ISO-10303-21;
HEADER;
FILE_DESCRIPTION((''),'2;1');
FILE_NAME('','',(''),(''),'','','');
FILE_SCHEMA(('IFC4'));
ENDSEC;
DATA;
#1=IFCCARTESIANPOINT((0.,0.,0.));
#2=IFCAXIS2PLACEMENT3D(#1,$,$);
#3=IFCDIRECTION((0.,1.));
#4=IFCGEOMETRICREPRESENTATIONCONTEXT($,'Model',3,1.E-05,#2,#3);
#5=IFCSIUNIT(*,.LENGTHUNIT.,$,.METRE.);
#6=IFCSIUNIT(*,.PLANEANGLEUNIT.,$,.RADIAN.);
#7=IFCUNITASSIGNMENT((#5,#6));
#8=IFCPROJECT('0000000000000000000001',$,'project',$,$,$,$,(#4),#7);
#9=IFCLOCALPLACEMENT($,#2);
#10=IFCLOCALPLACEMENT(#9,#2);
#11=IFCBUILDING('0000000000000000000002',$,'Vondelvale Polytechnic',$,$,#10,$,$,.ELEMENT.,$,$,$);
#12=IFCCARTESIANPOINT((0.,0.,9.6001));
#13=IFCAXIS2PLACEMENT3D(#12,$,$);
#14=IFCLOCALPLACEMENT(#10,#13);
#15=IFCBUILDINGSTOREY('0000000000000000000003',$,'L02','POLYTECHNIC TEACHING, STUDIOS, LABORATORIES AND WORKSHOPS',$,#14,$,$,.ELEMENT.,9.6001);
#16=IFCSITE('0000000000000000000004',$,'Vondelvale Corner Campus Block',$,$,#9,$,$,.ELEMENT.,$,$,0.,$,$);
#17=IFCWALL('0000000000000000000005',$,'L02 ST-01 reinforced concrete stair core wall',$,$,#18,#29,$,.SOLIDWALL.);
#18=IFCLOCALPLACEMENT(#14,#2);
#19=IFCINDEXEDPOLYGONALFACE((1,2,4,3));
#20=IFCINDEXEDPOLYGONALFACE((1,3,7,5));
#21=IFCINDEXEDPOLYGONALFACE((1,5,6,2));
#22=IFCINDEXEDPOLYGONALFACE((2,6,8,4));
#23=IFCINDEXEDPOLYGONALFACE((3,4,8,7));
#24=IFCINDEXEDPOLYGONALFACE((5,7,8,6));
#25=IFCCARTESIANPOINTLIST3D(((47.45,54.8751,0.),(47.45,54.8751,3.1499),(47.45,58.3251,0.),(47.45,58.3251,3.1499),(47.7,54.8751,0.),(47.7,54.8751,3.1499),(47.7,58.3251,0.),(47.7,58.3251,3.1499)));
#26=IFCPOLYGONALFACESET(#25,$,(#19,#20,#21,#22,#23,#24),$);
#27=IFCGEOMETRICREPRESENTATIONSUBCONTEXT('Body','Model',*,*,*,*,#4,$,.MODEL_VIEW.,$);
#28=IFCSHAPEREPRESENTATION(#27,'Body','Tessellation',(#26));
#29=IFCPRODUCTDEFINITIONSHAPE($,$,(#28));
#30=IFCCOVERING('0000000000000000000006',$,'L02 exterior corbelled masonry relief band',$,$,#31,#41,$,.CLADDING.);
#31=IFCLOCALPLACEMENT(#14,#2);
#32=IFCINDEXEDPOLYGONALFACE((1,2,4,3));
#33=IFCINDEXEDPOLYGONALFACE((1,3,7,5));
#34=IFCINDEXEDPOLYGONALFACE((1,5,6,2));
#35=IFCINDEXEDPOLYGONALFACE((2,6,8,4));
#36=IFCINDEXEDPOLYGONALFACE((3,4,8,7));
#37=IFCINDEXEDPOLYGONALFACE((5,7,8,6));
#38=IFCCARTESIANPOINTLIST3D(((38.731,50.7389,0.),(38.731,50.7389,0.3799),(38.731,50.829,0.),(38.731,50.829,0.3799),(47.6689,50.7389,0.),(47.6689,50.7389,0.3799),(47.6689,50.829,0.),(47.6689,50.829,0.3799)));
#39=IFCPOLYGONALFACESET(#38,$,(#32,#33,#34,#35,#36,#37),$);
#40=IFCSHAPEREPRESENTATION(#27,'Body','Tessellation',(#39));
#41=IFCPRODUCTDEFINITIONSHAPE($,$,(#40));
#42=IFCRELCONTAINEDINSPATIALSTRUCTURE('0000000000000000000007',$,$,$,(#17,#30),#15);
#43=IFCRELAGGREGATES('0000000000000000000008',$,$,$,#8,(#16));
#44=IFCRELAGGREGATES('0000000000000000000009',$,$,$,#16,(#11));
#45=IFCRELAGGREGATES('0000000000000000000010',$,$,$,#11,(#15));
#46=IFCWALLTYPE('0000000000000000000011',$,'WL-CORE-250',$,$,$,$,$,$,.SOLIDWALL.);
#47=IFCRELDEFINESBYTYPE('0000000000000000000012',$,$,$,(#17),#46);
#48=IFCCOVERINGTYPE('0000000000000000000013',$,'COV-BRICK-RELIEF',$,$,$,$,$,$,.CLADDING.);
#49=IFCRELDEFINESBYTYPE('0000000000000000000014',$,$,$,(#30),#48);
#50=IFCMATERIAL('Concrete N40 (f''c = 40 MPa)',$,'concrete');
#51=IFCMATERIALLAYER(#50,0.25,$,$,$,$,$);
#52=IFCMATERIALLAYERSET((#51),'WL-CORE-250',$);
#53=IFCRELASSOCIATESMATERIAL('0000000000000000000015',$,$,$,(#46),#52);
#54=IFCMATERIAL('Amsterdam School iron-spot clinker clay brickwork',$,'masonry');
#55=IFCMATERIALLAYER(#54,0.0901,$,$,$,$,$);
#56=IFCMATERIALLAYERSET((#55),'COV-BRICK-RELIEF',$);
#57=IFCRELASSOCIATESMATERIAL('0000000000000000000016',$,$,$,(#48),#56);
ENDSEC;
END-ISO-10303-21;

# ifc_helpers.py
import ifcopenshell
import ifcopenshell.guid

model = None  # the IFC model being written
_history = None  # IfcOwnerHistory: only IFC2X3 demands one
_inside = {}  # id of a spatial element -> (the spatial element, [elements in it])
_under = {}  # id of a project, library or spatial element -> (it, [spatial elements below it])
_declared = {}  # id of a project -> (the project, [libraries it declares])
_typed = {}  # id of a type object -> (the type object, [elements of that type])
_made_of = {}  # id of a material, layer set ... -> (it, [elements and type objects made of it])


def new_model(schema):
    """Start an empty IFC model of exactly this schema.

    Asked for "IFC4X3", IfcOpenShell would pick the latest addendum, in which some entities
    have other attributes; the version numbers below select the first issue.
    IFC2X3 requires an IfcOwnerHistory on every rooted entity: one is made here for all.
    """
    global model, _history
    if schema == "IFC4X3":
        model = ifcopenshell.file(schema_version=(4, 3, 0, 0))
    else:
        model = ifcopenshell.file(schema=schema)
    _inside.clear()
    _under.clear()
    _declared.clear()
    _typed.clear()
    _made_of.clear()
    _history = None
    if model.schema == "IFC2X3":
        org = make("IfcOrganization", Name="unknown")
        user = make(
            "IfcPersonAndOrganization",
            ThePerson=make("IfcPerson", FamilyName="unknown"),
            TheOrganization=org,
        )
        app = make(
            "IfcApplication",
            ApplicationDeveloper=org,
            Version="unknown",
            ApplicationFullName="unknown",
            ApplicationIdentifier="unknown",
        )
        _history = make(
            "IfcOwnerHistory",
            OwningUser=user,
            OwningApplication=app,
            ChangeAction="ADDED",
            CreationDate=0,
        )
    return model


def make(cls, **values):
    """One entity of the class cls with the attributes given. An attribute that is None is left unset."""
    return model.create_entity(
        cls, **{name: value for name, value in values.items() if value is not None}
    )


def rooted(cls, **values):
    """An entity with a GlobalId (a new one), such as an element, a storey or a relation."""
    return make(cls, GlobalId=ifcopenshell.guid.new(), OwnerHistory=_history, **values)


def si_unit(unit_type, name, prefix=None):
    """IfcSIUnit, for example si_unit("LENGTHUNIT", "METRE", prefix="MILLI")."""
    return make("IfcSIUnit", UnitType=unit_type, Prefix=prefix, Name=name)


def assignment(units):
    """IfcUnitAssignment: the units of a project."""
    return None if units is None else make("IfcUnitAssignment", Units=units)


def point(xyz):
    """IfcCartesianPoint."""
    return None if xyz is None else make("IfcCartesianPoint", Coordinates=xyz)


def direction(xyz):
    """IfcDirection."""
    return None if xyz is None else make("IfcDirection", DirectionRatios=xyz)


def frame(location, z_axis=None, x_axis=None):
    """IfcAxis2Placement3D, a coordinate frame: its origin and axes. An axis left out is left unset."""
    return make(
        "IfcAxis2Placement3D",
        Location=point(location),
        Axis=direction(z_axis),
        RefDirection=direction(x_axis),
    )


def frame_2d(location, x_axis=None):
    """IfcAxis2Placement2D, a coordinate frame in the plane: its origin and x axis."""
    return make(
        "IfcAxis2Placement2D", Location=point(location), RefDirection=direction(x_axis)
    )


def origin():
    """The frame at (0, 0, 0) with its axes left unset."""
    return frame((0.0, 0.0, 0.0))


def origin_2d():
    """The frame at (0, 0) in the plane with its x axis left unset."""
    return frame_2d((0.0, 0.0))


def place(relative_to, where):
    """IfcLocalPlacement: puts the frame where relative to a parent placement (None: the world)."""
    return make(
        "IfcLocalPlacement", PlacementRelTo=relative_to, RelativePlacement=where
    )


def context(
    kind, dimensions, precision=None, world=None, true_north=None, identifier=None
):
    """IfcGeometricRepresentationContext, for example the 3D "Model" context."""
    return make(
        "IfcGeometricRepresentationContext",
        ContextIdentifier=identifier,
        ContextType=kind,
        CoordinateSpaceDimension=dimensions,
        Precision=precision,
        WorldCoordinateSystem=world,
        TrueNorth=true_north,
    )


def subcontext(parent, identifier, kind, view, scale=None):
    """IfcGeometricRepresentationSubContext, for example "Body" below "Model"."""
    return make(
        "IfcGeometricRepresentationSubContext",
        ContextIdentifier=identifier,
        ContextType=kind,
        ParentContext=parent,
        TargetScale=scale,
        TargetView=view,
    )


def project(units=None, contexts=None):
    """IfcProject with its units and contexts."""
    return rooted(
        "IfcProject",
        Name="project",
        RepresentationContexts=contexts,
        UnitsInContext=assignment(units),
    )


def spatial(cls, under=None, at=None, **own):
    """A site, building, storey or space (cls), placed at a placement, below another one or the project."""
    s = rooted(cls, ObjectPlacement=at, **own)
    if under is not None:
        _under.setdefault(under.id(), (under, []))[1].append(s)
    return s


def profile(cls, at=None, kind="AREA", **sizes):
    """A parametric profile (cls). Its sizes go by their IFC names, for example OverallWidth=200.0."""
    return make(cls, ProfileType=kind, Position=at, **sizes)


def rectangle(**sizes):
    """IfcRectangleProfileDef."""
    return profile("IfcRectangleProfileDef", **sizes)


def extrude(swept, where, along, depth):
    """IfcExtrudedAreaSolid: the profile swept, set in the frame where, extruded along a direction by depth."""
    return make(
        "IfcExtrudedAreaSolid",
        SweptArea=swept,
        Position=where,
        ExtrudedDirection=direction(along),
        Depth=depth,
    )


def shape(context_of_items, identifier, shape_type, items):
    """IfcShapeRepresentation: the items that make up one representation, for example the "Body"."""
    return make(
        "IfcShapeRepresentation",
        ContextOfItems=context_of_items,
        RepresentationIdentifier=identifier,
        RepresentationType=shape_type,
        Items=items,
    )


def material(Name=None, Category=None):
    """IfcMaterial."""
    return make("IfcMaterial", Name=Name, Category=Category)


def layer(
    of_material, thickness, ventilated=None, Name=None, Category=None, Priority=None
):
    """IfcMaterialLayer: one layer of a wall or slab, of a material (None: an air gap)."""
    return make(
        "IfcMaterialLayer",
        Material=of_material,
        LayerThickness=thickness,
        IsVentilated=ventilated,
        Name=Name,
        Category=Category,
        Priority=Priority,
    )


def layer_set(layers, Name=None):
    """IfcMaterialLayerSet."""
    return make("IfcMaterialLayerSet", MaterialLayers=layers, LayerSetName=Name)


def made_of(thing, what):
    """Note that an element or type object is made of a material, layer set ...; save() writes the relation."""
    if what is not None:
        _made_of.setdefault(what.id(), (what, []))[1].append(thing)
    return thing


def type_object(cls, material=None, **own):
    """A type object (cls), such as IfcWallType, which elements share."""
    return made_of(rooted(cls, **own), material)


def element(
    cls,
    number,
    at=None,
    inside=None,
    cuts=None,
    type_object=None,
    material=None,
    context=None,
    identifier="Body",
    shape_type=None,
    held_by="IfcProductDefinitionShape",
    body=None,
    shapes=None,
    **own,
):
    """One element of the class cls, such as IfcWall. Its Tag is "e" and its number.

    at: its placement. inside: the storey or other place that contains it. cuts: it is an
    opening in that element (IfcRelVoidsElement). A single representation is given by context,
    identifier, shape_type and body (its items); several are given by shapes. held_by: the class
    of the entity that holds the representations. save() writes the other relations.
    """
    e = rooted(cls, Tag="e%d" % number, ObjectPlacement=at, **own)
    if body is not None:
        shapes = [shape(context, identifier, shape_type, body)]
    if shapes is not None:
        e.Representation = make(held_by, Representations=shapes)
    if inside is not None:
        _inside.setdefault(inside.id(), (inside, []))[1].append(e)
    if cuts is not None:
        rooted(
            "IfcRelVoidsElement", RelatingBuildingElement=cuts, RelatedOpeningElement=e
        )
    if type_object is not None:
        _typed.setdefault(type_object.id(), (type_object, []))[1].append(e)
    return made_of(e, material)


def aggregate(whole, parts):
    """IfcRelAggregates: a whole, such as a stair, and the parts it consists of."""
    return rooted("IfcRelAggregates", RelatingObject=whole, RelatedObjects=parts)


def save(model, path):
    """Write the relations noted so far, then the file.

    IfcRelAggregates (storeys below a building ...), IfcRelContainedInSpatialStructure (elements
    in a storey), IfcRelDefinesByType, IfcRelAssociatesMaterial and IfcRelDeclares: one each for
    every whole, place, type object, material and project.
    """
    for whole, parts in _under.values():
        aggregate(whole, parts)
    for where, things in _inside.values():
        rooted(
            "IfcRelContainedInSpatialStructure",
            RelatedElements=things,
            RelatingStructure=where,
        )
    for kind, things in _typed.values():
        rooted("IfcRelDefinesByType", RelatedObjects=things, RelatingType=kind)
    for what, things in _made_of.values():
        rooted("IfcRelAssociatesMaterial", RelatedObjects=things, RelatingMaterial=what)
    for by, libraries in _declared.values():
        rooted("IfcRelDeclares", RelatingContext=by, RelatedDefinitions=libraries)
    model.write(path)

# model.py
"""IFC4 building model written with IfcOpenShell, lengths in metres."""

from ifc_helpers import new_model, si_unit, direction, frame, frame_2d, origin, origin_2d, place, context, subcontext, project, spatial, rectangle, extrude, material, layer, layer_set, type_object, element, save


model = new_model("IFC4")

# Units and contexts
model_context = context("Model", 3, precision=1e-05, world=origin(), true_north=direction((0.0, 1.0)))
body_context = subcontext(model_context, "Body", "Model", "MODEL_VIEW")
ifc_project = project(units=[si_unit("LENGTHUNIT", "METRE"), si_unit("PLANEANGLEUNIT", "RADIAN")], contexts=[model_context])

# Site, building, storey
site_placement = place(None, origin())
site = spatial("IfcSite", under=ifc_project, at=site_placement, Name="Vondelvale Corner Campus Block", CompositionType="ELEMENT", RefElevation=0.0)
building_placement = place(site_placement, origin())
building = spatial("IfcBuilding", under=site, at=building_placement, Name="Vondelvale Polytechnic", CompositionType="ELEMENT")
storey_placement = place(building_placement, frame((0.0, 0.0, 9.6001)))
storey = spatial("IfcBuildingStorey", under=building, at=storey_placement, Name="L02", Description="POLYTECHNIC TEACHING, STUDIOS, LABORATORIES AND WORKSHOPS", CompositionType="ELEMENT", Elevation=9.6001)

# Shared definitions
ifc_material_1 = material(Name="Amsterdam School iron-spot clinker clay brickwork", Category="masonry")

# Wall
ifc_material_2 = material(Name="Concrete N40 (f'c = 40 MPa)", Category="concrete")
ifc_layer_1 = layer(ifc_material_2, 0.25)
ifc_layer_set_1 = layer_set([ifc_layer_1], Name="WL-CORE-250")
wall_type_1 = type_object("IfcWallType", Name="WL-CORE-250", PredefinedType="SOLIDWALL", material=ifc_layer_set_1)
wall_1_placement = place(storey_placement, frame((47.575, 54.875, 0.0), z_axis=(0.0, 0.0, 1.0), x_axis=(0.0, 1.0, 0.0)))
element("IfcWall", 1, at=wall_1_placement, inside=storey, type_object=wall_type_1, Name="L02 ST-01 reinforced concrete stair core wall", PredefinedType="SOLIDWALL", context=body_context, shape_type="SweptSolid", body=[
    extrude(rectangle(XDim=3.45, YDim=0.25, at=frame_2d((1.7251, 0.0))), origin(), (0.0, 0.0, 1.0), 3.1499),
])

# Covering
ifc_layer_2 = layer(ifc_material_1, 0.0901)
ifc_layer_set_2 = layer_set([ifc_layer_2], Name="COV-BRICK-RELIEF")
covering_type = type_object("IfcCoveringType", Name="COV-BRICK-RELIEF", PredefinedType="CLADDING", material=ifc_layer_set_2)
covering_placement = place(storey_placement, frame((43.2, 50.7839, 0.0), z_axis=(0.0, 0.0, 1.0), x_axis=(-1.0, 0.0, 0.0)))
element("IfcCovering", 2, at=covering_placement, inside=storey, type_object=covering_type, Name="L02 exterior corbelled masonry relief band", PredefinedType="CLADDING", context=body_context, shape_type="SweptSolid", body=[
    extrude(rectangle(XDim=8.938, YDim=0.0901, at=origin_2d()), origin(), (0.0, 0.0, 1.0), 0.3799),
])

save(model, "model.ifc")
